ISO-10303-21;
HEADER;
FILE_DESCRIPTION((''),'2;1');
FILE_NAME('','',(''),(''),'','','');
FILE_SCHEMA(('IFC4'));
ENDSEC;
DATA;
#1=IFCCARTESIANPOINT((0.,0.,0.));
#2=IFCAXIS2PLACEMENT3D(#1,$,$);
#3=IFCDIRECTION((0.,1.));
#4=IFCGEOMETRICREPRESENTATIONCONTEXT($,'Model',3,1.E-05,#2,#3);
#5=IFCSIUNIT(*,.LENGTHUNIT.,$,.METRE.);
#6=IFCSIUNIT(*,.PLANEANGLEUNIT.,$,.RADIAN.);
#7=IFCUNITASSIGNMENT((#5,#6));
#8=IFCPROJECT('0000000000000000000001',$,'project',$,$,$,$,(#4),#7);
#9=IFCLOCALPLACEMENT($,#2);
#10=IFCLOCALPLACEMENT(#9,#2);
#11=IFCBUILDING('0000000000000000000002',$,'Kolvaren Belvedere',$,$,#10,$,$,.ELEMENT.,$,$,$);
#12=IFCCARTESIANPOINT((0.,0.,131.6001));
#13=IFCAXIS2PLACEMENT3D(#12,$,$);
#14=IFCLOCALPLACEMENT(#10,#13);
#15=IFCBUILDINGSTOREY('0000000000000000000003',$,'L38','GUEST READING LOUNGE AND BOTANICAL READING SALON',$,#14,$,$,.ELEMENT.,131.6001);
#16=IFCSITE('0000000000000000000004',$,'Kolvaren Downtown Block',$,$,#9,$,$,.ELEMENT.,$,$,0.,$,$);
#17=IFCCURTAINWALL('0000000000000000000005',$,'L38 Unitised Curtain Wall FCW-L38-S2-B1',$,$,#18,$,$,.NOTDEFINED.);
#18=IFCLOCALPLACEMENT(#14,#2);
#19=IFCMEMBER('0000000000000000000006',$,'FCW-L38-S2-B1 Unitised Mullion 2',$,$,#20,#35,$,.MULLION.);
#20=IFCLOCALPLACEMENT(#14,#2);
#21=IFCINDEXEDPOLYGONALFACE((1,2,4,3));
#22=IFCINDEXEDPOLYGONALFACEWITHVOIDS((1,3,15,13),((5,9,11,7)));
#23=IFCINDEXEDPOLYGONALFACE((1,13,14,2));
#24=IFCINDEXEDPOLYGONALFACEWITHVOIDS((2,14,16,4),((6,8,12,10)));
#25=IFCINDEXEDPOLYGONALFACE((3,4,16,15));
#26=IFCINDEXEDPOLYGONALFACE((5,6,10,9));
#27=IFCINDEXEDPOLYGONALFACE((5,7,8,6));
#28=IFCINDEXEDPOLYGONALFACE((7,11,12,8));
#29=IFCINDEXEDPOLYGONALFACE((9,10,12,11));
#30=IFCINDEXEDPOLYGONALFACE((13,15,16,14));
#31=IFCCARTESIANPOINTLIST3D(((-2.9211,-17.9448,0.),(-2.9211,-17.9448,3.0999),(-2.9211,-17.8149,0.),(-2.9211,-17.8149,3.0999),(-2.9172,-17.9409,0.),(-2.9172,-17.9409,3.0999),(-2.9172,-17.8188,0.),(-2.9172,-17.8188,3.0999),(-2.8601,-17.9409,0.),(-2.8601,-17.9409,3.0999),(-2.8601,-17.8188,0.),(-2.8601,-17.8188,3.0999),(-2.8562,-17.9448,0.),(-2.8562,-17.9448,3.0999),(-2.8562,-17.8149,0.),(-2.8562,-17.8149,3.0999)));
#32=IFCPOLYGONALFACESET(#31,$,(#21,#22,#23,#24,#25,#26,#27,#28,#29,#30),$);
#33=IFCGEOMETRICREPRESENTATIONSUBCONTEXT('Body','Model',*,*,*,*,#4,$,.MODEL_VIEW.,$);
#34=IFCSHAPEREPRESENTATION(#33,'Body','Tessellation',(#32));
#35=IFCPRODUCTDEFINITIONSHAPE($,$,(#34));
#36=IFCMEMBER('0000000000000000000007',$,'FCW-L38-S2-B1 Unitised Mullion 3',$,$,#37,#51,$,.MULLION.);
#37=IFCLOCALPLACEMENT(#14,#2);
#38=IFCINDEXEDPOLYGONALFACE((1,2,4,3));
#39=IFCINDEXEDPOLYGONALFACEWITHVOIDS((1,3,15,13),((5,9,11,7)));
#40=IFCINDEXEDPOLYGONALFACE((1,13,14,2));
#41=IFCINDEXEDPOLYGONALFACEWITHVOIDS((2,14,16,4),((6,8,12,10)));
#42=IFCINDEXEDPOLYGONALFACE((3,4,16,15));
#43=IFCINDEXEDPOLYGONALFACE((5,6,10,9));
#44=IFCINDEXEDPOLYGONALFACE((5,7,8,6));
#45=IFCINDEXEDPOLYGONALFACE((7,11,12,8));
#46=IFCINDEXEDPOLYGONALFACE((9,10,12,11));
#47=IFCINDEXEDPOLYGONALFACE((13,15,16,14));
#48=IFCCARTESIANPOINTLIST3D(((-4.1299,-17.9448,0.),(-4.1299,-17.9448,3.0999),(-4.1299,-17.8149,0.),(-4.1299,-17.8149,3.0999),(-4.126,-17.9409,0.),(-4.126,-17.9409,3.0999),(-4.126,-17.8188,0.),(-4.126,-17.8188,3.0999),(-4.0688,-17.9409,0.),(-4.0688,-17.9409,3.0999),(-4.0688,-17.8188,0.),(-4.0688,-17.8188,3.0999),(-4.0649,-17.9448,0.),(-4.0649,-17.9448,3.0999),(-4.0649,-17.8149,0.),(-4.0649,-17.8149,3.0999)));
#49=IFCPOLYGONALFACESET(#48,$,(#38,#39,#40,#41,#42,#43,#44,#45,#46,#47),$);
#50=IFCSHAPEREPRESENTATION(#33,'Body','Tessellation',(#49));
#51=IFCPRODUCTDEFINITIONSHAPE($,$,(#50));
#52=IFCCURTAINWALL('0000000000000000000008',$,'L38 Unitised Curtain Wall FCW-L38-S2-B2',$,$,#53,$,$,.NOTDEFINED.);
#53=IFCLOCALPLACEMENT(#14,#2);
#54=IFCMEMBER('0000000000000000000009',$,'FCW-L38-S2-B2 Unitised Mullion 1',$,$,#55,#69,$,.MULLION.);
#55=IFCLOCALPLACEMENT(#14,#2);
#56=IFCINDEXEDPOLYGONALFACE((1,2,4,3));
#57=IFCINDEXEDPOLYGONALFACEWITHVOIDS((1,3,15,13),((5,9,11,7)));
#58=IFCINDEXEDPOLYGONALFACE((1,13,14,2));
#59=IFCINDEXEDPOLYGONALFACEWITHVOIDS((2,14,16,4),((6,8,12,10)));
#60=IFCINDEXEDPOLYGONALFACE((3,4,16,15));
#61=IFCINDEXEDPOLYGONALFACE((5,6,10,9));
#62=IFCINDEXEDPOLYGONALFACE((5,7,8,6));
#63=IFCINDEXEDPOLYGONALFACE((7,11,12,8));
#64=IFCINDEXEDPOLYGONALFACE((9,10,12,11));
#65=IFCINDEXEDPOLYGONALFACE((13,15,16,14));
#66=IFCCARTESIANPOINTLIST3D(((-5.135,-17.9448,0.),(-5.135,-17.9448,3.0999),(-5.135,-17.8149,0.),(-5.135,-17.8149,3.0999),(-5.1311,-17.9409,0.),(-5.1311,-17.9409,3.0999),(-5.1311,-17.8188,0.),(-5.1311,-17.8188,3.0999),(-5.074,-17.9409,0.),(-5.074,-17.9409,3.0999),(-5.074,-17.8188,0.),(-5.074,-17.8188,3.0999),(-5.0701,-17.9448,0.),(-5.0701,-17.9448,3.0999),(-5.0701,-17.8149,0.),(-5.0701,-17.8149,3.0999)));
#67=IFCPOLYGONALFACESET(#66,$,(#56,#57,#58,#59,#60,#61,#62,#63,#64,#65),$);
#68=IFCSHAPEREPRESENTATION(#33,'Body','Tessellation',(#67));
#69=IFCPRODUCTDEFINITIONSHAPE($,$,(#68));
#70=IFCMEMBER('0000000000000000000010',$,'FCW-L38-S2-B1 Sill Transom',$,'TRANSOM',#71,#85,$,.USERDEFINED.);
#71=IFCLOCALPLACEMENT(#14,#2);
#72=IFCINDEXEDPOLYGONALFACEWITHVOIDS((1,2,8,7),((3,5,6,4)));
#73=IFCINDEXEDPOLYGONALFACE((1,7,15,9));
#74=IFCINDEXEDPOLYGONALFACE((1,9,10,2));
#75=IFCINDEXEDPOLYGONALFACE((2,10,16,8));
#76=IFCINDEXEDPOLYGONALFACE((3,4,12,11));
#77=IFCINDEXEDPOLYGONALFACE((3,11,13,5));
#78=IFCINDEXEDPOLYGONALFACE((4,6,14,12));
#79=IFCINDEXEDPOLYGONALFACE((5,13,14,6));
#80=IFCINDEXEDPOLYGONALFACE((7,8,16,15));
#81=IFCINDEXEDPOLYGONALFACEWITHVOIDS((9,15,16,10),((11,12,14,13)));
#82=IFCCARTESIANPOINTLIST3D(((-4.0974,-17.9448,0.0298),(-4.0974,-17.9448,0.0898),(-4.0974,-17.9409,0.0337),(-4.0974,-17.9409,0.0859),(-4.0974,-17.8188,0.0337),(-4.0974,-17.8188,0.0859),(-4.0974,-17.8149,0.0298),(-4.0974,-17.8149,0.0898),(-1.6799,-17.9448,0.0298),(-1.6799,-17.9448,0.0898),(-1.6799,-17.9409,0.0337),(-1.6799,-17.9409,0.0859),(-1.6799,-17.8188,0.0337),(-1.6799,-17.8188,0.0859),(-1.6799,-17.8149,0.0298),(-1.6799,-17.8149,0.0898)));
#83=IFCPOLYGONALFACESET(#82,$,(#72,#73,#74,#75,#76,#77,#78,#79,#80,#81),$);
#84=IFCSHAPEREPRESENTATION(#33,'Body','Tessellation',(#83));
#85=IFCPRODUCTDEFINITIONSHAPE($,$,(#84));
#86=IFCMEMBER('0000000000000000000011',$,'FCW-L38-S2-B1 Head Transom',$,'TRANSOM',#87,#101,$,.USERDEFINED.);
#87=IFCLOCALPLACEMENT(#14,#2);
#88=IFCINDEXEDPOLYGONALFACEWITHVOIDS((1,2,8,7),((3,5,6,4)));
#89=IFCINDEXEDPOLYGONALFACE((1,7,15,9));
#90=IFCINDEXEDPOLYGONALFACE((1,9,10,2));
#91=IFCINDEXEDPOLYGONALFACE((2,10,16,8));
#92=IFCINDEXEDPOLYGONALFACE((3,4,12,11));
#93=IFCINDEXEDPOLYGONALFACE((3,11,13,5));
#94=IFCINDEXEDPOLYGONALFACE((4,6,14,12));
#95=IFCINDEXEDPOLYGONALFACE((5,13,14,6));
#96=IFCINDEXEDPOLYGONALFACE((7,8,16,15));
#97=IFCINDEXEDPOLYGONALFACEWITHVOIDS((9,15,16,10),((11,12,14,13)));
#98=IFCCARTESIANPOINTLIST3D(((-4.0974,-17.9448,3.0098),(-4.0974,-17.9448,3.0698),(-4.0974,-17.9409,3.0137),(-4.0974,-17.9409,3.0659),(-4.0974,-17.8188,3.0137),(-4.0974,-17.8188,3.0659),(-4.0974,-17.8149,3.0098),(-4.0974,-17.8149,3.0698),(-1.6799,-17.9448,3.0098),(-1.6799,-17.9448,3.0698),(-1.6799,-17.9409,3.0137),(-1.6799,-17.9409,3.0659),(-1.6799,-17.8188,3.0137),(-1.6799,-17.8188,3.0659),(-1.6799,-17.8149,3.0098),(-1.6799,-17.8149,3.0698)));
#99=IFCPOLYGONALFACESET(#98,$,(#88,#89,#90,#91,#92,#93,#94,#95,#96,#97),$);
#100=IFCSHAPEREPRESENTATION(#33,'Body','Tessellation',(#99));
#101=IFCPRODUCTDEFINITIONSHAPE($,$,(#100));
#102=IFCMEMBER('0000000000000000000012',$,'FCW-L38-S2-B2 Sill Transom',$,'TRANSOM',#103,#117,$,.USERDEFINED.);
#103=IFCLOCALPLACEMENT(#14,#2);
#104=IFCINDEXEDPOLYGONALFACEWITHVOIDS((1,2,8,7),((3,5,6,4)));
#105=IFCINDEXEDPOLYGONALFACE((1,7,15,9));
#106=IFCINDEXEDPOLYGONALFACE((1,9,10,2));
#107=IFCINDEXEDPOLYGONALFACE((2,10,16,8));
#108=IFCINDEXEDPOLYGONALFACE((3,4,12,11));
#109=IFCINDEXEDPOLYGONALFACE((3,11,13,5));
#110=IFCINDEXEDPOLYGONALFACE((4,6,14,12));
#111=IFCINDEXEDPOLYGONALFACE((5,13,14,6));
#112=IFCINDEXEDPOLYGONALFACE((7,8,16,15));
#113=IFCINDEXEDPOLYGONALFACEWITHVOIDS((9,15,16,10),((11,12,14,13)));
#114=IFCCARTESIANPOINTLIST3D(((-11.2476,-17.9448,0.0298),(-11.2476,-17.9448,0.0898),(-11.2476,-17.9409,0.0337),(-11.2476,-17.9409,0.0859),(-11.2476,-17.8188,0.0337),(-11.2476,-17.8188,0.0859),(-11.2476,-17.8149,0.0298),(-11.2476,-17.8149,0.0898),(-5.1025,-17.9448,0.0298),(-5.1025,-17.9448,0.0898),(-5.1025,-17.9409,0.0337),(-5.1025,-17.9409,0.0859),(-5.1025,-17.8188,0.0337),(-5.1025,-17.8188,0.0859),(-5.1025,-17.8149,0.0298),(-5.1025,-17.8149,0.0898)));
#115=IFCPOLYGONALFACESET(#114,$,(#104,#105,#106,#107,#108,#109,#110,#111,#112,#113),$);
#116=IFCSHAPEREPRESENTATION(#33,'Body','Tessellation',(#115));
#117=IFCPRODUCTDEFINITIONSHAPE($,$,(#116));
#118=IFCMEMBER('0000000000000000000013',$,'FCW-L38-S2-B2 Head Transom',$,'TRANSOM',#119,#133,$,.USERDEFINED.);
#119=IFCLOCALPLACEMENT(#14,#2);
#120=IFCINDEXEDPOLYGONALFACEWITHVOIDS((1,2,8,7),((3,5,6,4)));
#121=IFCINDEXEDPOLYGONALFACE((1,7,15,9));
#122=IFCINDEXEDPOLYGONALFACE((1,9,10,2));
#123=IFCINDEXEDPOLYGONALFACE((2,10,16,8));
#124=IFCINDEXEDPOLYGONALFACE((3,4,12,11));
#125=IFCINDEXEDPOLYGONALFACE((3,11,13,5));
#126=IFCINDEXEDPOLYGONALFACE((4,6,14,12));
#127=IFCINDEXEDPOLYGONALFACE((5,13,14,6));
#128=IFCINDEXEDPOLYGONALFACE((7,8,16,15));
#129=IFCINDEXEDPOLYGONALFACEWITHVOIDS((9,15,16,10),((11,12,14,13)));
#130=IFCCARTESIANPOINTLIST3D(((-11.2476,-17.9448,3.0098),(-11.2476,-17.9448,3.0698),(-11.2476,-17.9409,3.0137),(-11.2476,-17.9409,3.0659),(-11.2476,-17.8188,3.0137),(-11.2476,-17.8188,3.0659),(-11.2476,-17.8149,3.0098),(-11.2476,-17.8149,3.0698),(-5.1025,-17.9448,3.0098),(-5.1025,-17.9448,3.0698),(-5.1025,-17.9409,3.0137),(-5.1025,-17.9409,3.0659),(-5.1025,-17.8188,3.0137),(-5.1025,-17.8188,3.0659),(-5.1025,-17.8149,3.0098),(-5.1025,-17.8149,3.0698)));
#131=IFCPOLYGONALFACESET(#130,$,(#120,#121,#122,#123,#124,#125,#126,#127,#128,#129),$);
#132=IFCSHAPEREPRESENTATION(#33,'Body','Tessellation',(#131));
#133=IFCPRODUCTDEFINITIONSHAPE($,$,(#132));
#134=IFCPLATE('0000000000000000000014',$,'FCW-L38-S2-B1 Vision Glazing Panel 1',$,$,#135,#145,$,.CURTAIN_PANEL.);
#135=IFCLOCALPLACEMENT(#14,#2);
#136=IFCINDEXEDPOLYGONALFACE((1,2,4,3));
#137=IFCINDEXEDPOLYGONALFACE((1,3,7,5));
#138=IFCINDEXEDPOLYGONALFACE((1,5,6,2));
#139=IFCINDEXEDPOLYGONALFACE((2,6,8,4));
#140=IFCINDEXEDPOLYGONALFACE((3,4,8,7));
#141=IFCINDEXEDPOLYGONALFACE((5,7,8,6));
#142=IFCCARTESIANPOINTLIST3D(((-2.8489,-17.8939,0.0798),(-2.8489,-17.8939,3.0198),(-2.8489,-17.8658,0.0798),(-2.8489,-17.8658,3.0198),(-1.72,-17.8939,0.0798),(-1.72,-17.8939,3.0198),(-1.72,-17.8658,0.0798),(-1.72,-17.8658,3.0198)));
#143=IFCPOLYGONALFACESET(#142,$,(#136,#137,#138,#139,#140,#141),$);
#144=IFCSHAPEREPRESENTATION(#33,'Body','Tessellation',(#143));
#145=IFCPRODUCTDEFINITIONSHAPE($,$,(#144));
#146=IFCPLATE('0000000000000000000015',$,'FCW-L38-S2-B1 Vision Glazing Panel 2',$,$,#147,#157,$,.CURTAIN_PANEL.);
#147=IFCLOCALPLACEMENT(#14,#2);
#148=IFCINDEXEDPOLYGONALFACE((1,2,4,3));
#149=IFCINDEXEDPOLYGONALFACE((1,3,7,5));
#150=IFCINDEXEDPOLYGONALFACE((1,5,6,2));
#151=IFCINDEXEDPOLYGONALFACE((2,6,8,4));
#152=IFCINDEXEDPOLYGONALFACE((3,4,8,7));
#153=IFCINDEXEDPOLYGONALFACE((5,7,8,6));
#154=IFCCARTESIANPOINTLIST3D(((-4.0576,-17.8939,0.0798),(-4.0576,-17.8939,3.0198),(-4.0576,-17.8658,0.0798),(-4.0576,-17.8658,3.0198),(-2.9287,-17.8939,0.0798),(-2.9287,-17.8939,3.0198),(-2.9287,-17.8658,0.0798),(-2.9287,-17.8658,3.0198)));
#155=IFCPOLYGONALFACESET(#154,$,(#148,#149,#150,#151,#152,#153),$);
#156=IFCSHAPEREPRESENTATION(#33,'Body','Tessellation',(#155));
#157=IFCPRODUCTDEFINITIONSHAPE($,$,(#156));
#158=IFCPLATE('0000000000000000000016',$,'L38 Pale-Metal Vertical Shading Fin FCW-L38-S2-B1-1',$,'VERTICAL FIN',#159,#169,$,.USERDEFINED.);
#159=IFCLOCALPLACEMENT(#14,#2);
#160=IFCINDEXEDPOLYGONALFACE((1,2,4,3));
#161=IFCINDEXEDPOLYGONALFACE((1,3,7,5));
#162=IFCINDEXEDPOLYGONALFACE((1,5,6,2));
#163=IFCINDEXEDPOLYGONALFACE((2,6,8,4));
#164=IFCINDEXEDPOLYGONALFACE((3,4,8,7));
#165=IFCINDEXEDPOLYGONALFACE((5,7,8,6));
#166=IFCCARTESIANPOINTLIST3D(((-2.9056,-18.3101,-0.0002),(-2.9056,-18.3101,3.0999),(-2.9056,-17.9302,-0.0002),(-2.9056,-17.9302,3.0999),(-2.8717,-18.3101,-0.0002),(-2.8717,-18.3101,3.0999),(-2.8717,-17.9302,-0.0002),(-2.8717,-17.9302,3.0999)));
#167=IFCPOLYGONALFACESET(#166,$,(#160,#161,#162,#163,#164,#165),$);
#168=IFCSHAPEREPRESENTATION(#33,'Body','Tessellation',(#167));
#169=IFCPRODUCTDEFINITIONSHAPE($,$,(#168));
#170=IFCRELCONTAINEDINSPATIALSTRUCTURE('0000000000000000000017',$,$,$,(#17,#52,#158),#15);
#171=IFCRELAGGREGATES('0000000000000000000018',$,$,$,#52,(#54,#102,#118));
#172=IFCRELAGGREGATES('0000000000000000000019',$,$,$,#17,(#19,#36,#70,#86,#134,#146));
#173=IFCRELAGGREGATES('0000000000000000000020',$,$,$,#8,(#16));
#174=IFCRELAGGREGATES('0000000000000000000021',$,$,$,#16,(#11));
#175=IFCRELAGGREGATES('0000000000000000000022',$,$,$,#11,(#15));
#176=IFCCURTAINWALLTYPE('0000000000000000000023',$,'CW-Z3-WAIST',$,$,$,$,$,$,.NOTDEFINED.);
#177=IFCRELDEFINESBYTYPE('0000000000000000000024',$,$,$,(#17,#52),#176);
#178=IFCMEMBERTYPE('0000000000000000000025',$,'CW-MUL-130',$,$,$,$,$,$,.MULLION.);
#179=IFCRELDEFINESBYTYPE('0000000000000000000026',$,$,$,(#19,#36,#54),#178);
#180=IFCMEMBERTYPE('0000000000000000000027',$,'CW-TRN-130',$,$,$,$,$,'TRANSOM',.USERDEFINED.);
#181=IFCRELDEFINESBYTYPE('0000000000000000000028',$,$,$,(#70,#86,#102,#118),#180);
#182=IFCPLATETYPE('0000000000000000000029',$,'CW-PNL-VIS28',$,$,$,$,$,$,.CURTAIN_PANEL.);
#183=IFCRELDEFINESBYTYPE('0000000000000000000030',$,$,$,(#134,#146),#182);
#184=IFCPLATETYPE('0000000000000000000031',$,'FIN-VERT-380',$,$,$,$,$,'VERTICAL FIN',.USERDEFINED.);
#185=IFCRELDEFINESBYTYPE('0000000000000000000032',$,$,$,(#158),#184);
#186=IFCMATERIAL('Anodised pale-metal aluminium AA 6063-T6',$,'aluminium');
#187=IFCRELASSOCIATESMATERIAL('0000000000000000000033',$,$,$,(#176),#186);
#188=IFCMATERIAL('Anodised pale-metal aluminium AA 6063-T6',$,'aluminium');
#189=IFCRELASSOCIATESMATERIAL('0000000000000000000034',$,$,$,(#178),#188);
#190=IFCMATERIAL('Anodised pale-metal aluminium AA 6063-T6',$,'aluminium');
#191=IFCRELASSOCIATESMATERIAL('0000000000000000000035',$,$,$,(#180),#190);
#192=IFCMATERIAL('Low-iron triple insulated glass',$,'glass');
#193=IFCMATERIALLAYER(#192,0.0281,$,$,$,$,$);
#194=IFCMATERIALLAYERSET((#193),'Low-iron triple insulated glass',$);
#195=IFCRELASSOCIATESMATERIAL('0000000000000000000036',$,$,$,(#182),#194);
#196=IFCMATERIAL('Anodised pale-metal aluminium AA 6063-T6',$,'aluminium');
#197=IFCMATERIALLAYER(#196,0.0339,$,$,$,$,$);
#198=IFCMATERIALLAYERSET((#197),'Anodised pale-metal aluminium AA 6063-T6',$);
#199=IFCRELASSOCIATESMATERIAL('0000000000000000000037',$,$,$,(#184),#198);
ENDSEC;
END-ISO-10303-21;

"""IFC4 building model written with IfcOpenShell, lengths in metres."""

from ifc_helpers import new_model, si_unit, direction, frame, origin, origin_2d, place, context, subcontext, project, spatial, rectangle, hollow_rectangle, extrude, material, layer, layer_set, material_profile, profile_set, type_object, element, aggregate, save


model = new_model("IFC4")

# Units and contexts
model_context = context("Model", 3, precision=1e-05, world=origin(), true_north=direction((0.0, 1.0)))
body_context = subcontext(model_context, "Body", "Model", "MODEL_VIEW")
ifc_project = project(units=[si_unit("LENGTHUNIT", "METRE"), si_unit("PLANEANGLEUNIT", "RADIAN")], contexts=[model_context])

# Site, building, storey
site_placement = place(None, origin())
site = spatial("IfcSite", under=ifc_project, at=site_placement, Name="Kolvaren Downtown Block", CompositionType="ELEMENT", RefElevation=0.0)
building_placement = place(site_placement, origin())
building = spatial("IfcBuilding", under=site, at=building_placement, Name="Kolvaren Belvedere", CompositionType="ELEMENT")
storey_placement = place(building_placement, frame((0.0, 0.0, 131.6001)))
storey = spatial("IfcBuildingStorey", under=building, at=storey_placement, Name="L38", Description="GUEST READING LOUNGE AND BOTANICAL READING SALON", CompositionType="ELEMENT", Elevation=131.6001)

# Curtain wall, members
ifc_material_1 = material(Name="Anodised pale-metal aluminium AA 6063-T6", Category="aluminium")
curtain_wall_type = type_object("IfcCurtainWallType", Name="CW-Z3-WAIST", PredefinedType="NOTDEFINED", material=ifc_material_1)
curtain_wall_1_placement = place(storey_placement, origin())
curtain_wall_1 = element("IfcCurtainWall", 1, at=curtain_wall_1_placement, inside=storey, type_object=curtain_wall_type, Name="L38 Unitised Curtain Wall FCW-L38-S2-B1", PredefinedType="NOTDEFINED")
ifc_material_2 = material(Name="Anodised pale-metal aluminium AA 6063-T6", Category="aluminium")
ifc_material_profile_1 = material_profile(ifc_material_2, hollow_rectangle(XDim=0.0649, YDim=0.1299, WallThickness=0.0039, at=origin_2d()), Name="ALU-MUL-130X65")
ifc_profile_set_1 = profile_set([ifc_material_profile_1], Name="Anodised pale-metal aluminium AA 6063-T6")
member_type_1 = type_object("IfcMemberType", Name="CW-MUL-130", PredefinedType="MULLION", material=ifc_profile_set_1)
member_1_placement = place(storey_placement, frame((-2.8887, -17.8799, 0.0), z_axis=(0.0, 0.0, 1.0), x_axis=(1.0, 0.0, 0.0)))
member_1 = element("IfcMember", 2, at=member_1_placement, type_object=member_type_1, Name="FCW-L38-S2-B1 Unitised Mullion 2", PredefinedType="MULLION", context=body_context, shape_type="SweptSolid", body=[
    extrude(hollow_rectangle(XDim=0.0649, YDim=0.1299, WallThickness=0.0039, at=origin_2d()), origin(), (0.0, 0.0, 1.0), 3.0999),
])
member_2_placement = place(storey_placement, frame((-4.0974, -17.8799, 0.0), z_axis=(0.0, 0.0, 1.0), x_axis=(1.0, 0.0, 0.0)))
member_2 = element("IfcMember", 3, at=member_2_placement, type_object=member_type_1, Name="FCW-L38-S2-B1 Unitised Mullion 3", PredefinedType="MULLION", context=body_context, shape_type="SweptSolid", body=[
    extrude(hollow_rectangle(XDim=0.0649, YDim=0.1299, WallThickness=0.0039, at=origin_2d()), origin(), (0.0, 0.0, 1.0), 3.0999),
])

# Curtain wall, member
curtain_wall_2_placement = place(storey_placement, origin())
curtain_wall_2 = element("IfcCurtainWall", 4, at=curtain_wall_2_placement, inside=storey, type_object=curtain_wall_type, Name="L38 Unitised Curtain Wall FCW-L38-S2-B2", PredefinedType="NOTDEFINED")
member_3_placement = place(storey_placement, frame((-5.1025, -17.8799, 0.0), z_axis=(0.0, 0.0, 1.0), x_axis=(1.0, 0.0, 0.0)))
member_3 = element("IfcMember", 5, at=member_3_placement, type_object=member_type_1, Name="FCW-L38-S2-B2 Unitised Mullion 1", PredefinedType="MULLION", context=body_context, shape_type="SweptSolid", body=[
    extrude(hollow_rectangle(XDim=0.0649, YDim=0.1299, WallThickness=0.0039, at=origin_2d()), origin(), (0.0, 0.0, 1.0), 3.0999),
])

# Members
ifc_material_3 = material(Name="Anodised pale-metal aluminium AA 6063-T6", Category="aluminium")
ifc_material_profile_2 = material_profile(ifc_material_3, hollow_rectangle(XDim=0.0601, YDim=0.1299, WallThickness=0.0039, at=origin_2d()), Name="ALU-TRN-130X60")
ifc_profile_set_2 = profile_set([ifc_material_profile_2], Name="Anodised pale-metal aluminium AA 6063-T6")
member_type_2 = type_object("IfcMemberType", Name="CW-TRN-130", ElementType="TRANSOM", PredefinedType="USERDEFINED", material=ifc_profile_set_2)
member_4_placement = place(storey_placement, frame((-1.6799, -17.8799, 0.0598), z_axis=(-1.0, 0.0, 0.0), x_axis=(0.0, 0.0, 1.0)))
member_4 = element("IfcMember", 6, at=member_4_placement, type_object=member_type_2, Name="FCW-L38-S2-B1 Sill Transom", ObjectType="TRANSOM", PredefinedType="USERDEFINED", context=body_context, shape_type="SweptSolid", body=[
    extrude(hollow_rectangle(XDim=0.0601, YDim=0.1299, WallThickness=0.0039, at=origin_2d()), origin(), (0.0, 0.0, 1.0), 2.4175),
])
member_5_placement = place(storey_placement, frame((-1.6799, -17.8799, 3.0398), z_axis=(-1.0, 0.0, 0.0), x_axis=(0.0, 0.0, 1.0)))
member_5 = element("IfcMember", 7, at=member_5_placement, type_object=member_type_2, Name="FCW-L38-S2-B1 Head Transom", ObjectType="TRANSOM", PredefinedType="USERDEFINED", context=body_context, shape_type="SweptSolid", body=[
    extrude(hollow_rectangle(XDim=0.0601, YDim=0.1299, WallThickness=0.0039, at=origin_2d()), origin(), (0.0, 0.0, 1.0), 2.4175),
])
member_6_placement = place(storey_placement, frame((-5.1025, -17.8799, 0.0598), z_axis=(-1.0, 0.0, 0.0), x_axis=(0.0, 0.0, 1.0)))
member_6 = element("IfcMember", 8, at=member_6_placement, type_object=member_type_2, Name="FCW-L38-S2-B2 Sill Transom", ObjectType="TRANSOM", PredefinedType="USERDEFINED", context=body_context, shape_type="SweptSolid", body=[
    extrude(hollow_rectangle(XDim=0.0601, YDim=0.1299, WallThickness=0.0039, at=origin_2d()), origin(), (0.0, 0.0, 1.0), 6.145),
])
member_7_placement = place(storey_placement, frame((-5.1025, -17.8799, 3.0398), z_axis=(-1.0, 0.0, 0.0), x_axis=(0.0, 0.0, 1.0)))
member_7 = element("IfcMember", 9, at=member_7_placement, type_object=member_type_2, Name="FCW-L38-S2-B2 Head Transom", ObjectType="TRANSOM", PredefinedType="USERDEFINED", context=body_context, shape_type="SweptSolid", body=[
    extrude(hollow_rectangle(XDim=0.0601, YDim=0.1299, WallThickness=0.0039, at=origin_2d()), origin(), (0.0, 0.0, 1.0), 6.145),
])
aggregate(curtain_wall_2, [member_3, member_6, member_7])

# Plates
ifc_material_4 = material(Name="Low-iron triple insulated glass", Category="glass")
ifc_layer_1 = layer(ifc_material_4, 0.0281)
ifc_layer_set_1 = layer_set([ifc_layer_1], Name="Low-iron triple insulated glass")
plate_type_1 = type_object("IfcPlateType", Name="CW-PNL-VIS28", PredefinedType="CURTAIN_PANEL", material=ifc_layer_set_1)
plate_1_placement = place(storey_placement, frame((-2.2844, -17.8799, 0.0798), z_axis=(0.0, 0.0, 1.0), x_axis=(-1.0, 0.0, 0.0)))
plate_1 = element("IfcPlate", 10, at=plate_1_placement, type_object=plate_type_1, Name="FCW-L38-S2-B1 Vision Glazing Panel 1", PredefinedType="CURTAIN_PANEL", context=body_context, shape_type="SweptSolid", body=[
    extrude(rectangle(XDim=1.1289, YDim=0.0281, at=origin_2d()), origin(), (0.0, 0.0, 1.0), 2.9399),
])
plate_2_placement = place(storey_placement, frame((-3.4932, -17.8799, 0.0798), z_axis=(0.0, 0.0, 1.0), x_axis=(-1.0, 0.0, 0.0)))
plate_2 = element("IfcPlate", 11, at=plate_2_placement, type_object=plate_type_1, Name="FCW-L38-S2-B1 Vision Glazing Panel 2", PredefinedType="CURTAIN_PANEL", context=body_context, shape_type="SweptSolid", body=[
    extrude(rectangle(XDim=1.1289, YDim=0.0281, at=origin_2d()), origin(), (0.0, 0.0, 1.0), 2.9399),
])
aggregate(curtain_wall_1, [member_1, member_2, member_4, member_5, plate_1, plate_2])
ifc_material_5 = material(Name="Anodised pale-metal aluminium AA 6063-T6", Category="aluminium")
ifc_layer_2 = layer(ifc_material_5, 0.0339)
ifc_layer_set_2 = layer_set([ifc_layer_2], Name="Anodised pale-metal aluminium AA 6063-T6")
plate_type_2 = type_object("IfcPlateType", Name="FIN-VERT-380", ElementType="VERTICAL FIN", PredefinedType="USERDEFINED", material=ifc_layer_set_2)
plate_3_placement = place(storey_placement, frame((-2.8887, -18.1201, -0.0002), z_axis=(0.0, 0.0, 1.0), x_axis=(0.0, 1.0, 0.0)))
element("IfcPlate", 12, at=plate_3_placement, inside=storey, type_object=plate_type_2, Name="L38 Pale-Metal Vertical Shading Fin FCW-L38-S2-B1-1", ObjectType="VERTICAL FIN", PredefinedType="USERDEFINED", context=body_context, shape_type="SweptSolid", body=[
    extrude(rectangle(XDim=0.3799, YDim=0.0339, at=origin_2d()), origin(), (0.0, 0.0, 1.0), 3.1001),
])

save(model, "model.ifc")
